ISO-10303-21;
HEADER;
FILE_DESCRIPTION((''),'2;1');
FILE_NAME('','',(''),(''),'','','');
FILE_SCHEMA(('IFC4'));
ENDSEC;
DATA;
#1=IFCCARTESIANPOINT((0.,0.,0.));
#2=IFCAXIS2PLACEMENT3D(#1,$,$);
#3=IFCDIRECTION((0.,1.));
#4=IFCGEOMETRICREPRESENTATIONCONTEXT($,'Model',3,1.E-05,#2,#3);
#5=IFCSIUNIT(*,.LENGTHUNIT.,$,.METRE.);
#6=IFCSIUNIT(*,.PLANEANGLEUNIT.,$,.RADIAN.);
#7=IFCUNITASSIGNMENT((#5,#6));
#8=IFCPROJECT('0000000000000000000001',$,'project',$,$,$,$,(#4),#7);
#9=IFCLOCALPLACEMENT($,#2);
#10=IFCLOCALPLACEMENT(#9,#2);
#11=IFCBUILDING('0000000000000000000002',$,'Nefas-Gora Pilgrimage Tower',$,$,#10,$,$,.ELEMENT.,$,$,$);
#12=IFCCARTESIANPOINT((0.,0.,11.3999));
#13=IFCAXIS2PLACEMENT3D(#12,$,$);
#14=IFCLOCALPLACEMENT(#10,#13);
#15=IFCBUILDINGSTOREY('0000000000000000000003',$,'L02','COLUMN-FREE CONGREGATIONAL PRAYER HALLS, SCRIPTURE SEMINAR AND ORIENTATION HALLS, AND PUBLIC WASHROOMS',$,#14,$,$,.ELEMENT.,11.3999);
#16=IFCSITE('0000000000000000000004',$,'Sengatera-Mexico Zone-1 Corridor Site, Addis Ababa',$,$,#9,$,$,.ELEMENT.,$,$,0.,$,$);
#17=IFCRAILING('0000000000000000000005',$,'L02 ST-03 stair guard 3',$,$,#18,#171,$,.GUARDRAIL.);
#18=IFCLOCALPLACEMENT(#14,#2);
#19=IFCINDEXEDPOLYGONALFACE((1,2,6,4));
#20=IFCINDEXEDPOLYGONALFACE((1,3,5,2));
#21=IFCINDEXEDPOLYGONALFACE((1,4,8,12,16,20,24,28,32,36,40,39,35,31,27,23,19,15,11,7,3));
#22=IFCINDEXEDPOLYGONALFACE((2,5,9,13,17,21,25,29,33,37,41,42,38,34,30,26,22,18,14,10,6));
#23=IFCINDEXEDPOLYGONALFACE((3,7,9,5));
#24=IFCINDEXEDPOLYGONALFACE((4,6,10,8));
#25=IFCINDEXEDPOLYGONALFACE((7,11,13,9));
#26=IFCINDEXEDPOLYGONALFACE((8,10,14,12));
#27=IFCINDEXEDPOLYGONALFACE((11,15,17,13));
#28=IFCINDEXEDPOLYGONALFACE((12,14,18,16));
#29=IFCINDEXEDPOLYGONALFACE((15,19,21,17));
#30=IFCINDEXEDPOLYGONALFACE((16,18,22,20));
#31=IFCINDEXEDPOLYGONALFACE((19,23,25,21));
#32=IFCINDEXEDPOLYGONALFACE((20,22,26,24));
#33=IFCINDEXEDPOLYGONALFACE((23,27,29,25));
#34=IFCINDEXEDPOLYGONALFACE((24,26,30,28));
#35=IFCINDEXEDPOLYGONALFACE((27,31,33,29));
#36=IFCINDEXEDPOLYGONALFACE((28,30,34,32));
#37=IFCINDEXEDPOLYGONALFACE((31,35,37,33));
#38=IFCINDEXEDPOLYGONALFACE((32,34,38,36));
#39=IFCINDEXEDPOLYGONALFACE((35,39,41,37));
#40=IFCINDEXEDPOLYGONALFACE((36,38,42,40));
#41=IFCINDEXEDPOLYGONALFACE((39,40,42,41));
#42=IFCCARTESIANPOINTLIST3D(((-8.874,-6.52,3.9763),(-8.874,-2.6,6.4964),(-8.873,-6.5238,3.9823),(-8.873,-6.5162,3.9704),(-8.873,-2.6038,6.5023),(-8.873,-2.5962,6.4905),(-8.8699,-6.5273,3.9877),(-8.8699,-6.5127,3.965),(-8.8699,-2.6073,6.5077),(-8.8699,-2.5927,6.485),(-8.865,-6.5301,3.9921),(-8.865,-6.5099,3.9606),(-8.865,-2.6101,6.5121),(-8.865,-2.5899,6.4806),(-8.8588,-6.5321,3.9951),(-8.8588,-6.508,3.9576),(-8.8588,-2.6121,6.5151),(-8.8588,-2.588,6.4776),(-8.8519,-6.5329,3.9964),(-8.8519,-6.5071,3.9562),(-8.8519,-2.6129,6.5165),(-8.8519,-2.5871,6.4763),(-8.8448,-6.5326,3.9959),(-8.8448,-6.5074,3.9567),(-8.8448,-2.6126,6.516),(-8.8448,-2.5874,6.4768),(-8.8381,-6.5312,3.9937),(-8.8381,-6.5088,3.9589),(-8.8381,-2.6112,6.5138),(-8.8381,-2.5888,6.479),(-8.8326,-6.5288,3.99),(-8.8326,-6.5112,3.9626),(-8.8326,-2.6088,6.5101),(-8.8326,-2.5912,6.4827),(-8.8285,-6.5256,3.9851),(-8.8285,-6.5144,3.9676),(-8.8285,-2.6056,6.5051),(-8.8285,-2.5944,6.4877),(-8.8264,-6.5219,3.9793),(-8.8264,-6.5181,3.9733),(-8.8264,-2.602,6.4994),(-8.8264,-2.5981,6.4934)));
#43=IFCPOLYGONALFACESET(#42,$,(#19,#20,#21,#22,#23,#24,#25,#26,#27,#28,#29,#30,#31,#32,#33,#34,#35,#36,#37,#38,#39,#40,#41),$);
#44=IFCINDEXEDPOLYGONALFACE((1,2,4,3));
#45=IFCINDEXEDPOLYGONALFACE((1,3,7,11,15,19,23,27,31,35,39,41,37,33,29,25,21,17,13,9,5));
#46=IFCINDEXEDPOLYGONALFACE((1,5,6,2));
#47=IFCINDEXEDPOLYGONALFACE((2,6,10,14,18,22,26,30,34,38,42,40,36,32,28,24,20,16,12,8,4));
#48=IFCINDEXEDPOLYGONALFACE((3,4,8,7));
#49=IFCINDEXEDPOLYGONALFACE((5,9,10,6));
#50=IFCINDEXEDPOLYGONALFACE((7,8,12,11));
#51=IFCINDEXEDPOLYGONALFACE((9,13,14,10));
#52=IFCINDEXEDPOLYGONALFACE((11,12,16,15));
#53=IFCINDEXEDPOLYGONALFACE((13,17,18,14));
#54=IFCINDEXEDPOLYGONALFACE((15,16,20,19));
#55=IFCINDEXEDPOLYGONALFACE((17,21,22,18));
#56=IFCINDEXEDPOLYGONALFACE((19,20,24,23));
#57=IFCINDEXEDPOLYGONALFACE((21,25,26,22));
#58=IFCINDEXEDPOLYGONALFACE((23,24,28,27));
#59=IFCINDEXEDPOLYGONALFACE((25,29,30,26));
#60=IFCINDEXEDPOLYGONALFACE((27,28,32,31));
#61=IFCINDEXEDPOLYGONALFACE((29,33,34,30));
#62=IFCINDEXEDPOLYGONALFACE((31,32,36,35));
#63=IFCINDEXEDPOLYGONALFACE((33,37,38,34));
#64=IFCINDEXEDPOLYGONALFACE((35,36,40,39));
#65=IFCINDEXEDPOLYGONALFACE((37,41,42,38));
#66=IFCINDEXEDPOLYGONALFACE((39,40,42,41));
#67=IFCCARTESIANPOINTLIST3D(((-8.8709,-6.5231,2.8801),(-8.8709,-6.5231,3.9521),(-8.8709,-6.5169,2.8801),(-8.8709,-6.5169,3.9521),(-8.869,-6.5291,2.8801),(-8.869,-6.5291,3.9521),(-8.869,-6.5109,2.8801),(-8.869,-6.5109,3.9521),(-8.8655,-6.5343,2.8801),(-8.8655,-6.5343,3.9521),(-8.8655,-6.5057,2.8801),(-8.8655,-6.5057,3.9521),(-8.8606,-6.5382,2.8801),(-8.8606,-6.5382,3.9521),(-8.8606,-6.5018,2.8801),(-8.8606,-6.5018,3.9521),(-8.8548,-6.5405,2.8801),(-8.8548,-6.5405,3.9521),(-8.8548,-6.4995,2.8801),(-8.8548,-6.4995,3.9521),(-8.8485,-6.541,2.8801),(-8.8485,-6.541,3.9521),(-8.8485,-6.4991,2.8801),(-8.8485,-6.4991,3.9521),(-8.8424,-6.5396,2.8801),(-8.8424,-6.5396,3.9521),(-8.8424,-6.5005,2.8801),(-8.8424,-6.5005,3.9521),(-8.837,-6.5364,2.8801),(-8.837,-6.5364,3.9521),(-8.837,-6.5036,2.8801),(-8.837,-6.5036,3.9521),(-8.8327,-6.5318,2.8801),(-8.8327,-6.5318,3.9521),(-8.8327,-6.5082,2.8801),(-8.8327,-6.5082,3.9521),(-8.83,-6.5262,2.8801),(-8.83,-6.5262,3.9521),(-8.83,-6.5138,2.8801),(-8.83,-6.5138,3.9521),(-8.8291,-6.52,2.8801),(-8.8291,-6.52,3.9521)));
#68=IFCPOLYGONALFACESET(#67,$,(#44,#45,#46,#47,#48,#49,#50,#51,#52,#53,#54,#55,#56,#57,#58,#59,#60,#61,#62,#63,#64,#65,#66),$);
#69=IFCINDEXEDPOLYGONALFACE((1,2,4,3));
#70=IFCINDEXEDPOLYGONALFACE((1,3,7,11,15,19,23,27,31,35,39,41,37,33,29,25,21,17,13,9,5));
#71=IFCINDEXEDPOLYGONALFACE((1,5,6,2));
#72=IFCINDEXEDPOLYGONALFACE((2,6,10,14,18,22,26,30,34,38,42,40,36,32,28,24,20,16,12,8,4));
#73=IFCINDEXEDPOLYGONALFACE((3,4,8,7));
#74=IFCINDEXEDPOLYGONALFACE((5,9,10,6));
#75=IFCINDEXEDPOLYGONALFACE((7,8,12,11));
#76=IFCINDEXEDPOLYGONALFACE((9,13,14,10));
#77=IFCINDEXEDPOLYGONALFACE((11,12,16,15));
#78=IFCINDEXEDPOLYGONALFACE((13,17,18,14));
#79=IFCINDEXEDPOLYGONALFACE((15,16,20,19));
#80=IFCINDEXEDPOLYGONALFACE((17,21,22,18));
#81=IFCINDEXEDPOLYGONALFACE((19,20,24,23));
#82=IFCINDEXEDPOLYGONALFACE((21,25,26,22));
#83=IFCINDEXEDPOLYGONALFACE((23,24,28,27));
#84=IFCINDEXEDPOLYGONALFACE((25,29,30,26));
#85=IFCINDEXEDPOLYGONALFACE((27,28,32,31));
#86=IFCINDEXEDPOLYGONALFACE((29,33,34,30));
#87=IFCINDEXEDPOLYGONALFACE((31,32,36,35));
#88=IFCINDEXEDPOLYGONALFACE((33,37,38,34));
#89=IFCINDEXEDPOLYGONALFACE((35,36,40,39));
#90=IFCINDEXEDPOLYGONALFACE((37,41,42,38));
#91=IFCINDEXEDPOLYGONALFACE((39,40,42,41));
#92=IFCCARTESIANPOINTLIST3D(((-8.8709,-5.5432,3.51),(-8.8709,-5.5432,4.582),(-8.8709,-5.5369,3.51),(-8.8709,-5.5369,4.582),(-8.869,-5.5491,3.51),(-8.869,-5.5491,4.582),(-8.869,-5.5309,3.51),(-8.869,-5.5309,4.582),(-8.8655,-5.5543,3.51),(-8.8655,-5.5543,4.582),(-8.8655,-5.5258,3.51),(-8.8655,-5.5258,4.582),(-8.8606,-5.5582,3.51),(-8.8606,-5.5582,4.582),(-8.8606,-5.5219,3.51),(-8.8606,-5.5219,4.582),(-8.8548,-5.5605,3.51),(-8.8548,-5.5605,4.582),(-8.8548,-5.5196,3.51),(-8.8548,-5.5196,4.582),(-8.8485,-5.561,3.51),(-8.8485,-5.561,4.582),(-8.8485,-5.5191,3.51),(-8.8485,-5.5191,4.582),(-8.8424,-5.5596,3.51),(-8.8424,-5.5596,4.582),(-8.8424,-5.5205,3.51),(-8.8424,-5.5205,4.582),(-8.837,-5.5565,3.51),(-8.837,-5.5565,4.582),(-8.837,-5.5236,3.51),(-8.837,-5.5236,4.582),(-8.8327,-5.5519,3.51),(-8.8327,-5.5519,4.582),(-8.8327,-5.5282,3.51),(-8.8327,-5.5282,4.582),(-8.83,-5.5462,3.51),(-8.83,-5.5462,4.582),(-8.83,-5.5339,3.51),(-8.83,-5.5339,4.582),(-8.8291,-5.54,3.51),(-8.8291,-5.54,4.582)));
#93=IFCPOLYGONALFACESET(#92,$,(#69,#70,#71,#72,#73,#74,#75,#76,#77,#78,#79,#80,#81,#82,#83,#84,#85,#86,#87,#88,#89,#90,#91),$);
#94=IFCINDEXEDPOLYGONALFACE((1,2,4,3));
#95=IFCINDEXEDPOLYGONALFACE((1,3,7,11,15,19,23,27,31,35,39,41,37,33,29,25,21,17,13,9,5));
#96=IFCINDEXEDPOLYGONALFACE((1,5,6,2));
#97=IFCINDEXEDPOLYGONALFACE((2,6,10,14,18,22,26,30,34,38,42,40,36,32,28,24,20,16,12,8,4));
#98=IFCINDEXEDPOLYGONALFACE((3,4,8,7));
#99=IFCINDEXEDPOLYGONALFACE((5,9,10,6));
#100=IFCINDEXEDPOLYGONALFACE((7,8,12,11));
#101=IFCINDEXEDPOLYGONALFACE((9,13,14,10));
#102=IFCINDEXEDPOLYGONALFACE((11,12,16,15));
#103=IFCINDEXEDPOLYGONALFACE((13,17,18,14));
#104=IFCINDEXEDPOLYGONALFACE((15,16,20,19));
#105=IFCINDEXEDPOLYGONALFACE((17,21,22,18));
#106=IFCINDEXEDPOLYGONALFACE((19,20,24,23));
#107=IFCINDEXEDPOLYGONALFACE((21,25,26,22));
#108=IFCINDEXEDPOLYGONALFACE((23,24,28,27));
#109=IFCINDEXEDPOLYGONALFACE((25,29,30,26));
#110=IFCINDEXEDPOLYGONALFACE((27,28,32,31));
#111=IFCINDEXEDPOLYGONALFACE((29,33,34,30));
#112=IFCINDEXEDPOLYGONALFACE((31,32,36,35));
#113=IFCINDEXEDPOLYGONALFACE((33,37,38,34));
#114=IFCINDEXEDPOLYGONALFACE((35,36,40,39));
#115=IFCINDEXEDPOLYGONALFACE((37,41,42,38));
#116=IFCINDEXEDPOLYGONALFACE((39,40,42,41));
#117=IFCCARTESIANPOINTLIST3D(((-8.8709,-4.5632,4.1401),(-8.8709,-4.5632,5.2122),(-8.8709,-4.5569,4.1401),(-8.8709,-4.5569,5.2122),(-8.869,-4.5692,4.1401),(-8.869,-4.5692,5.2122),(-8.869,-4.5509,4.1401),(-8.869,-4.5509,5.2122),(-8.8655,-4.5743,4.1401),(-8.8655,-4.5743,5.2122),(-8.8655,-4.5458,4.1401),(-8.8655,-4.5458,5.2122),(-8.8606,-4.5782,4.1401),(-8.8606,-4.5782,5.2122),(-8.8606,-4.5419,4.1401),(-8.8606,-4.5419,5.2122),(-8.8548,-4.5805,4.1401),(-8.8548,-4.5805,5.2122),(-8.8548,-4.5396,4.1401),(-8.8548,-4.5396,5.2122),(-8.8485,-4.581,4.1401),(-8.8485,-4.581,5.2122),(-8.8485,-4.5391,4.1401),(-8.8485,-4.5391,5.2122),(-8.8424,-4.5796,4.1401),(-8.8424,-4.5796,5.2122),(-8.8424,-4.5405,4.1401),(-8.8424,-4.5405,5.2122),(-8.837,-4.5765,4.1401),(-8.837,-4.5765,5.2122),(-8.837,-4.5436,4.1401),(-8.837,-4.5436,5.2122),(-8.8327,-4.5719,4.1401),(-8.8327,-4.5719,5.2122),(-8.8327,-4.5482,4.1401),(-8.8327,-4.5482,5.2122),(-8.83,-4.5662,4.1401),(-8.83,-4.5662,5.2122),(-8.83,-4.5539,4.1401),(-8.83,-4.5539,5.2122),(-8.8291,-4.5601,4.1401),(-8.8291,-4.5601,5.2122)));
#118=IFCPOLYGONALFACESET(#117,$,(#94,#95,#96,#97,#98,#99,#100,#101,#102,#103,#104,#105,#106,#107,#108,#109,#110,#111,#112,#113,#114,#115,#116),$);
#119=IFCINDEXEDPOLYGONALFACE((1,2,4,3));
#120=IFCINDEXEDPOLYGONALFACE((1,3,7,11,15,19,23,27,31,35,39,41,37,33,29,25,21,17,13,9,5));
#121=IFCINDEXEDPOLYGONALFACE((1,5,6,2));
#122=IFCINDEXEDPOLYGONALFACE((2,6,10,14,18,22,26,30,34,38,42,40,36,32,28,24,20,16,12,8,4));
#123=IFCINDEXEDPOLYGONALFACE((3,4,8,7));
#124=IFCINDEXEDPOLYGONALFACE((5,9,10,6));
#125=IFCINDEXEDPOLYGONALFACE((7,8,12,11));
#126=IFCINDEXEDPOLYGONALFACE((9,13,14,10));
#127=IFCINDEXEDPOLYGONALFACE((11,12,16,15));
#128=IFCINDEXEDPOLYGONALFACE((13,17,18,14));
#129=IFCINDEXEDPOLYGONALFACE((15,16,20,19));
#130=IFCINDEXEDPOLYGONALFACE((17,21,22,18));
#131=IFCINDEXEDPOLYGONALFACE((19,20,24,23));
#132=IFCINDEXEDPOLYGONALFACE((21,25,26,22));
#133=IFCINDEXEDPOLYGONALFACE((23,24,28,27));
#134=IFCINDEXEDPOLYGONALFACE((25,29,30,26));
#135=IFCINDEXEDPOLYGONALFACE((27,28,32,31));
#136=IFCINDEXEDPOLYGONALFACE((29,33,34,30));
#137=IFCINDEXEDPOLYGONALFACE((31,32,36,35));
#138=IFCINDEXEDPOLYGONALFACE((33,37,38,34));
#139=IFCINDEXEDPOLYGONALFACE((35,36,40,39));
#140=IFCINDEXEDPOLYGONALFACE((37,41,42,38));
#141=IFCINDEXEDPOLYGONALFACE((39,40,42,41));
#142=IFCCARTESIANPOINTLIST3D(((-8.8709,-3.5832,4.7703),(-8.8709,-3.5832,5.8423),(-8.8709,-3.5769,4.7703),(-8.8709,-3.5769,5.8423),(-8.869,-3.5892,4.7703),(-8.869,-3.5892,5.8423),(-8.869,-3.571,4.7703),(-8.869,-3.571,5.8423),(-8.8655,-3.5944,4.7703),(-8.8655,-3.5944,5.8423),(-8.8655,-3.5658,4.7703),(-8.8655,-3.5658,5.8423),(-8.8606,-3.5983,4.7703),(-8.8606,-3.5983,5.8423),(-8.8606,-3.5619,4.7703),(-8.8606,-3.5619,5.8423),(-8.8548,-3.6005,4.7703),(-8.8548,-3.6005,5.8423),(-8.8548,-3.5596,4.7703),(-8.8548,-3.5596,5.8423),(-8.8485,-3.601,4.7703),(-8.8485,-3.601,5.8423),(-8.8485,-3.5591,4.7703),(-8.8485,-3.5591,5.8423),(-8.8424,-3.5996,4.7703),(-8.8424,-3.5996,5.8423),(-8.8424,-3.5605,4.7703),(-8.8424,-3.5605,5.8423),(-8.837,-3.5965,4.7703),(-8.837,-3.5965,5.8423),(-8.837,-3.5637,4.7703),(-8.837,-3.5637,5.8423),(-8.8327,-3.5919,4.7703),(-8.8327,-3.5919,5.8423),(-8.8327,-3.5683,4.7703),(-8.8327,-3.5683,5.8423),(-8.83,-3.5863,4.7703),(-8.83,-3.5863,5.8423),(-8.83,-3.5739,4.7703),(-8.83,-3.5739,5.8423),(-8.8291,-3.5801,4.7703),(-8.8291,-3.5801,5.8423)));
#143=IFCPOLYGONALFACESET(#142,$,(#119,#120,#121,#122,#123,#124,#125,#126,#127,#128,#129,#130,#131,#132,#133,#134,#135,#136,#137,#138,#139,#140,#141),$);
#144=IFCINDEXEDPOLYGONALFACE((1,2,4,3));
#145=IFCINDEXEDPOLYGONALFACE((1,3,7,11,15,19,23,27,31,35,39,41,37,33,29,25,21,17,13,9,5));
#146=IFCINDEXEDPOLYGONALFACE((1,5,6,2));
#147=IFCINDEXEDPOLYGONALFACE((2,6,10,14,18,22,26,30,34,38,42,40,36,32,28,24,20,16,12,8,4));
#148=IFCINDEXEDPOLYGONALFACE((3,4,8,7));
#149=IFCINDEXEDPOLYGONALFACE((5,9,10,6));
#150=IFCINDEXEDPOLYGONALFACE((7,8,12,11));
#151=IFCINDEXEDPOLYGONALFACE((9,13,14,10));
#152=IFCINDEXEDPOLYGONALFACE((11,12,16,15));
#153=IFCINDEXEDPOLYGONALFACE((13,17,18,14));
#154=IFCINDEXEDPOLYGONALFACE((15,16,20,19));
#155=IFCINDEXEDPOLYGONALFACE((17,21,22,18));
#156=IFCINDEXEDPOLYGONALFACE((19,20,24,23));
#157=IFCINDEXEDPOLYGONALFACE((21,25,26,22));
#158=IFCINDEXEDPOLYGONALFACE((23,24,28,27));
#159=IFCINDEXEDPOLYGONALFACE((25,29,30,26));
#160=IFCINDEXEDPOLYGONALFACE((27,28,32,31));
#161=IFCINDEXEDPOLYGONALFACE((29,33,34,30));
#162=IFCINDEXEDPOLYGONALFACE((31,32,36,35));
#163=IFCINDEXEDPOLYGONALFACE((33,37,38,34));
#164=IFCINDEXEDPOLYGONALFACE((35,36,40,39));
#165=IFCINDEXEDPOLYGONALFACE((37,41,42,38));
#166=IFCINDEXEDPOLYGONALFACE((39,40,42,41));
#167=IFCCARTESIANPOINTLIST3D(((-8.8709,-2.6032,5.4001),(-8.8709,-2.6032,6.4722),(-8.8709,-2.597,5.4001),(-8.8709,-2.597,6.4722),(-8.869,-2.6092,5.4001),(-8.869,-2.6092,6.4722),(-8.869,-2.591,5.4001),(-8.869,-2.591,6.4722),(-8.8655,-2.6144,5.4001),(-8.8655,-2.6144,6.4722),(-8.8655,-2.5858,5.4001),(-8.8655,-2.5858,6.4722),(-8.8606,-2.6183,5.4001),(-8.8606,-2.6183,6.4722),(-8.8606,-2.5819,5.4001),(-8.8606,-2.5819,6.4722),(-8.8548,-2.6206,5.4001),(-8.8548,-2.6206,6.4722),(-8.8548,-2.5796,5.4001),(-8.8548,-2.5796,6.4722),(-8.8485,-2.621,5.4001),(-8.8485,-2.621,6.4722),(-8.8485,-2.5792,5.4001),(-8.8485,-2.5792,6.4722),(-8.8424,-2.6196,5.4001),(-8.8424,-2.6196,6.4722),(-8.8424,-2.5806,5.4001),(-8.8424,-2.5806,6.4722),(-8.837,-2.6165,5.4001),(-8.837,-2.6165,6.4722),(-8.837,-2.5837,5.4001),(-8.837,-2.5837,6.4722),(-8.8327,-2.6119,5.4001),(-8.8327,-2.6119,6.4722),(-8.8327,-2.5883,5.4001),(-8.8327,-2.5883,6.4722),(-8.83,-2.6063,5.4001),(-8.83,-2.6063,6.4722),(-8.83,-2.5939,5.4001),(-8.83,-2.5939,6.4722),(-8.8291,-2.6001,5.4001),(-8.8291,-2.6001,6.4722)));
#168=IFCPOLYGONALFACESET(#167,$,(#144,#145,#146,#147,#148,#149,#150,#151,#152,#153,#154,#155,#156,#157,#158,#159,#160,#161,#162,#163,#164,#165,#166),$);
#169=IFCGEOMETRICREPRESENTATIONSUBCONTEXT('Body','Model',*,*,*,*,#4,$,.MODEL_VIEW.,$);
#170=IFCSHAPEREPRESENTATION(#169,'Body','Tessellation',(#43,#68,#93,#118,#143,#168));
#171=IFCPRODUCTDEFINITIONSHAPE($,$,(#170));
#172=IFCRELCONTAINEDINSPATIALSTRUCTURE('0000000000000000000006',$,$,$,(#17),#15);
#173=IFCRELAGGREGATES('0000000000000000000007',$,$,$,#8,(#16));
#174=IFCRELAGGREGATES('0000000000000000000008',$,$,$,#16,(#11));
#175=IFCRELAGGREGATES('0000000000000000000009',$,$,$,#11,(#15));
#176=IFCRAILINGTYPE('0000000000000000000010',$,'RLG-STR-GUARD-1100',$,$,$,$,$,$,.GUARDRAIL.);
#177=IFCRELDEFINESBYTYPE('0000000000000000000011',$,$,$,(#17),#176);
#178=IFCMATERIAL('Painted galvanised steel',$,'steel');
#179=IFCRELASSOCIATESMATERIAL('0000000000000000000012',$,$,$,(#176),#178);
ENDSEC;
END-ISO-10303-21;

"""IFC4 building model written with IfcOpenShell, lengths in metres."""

from ifc_helpers import new_model, si_unit, direction, frame, origin, origin_2d, place, context, subcontext, project, spatial, circle, extrude, material, type_object, element, save


model = new_model("IFC4")

# Units and contexts
model_context = context("Model", 3, precision=1e-05, world=origin(), true_north=direction((0.0, 1.0)))
body_context = subcontext(model_context, "Body", "Model", "MODEL_VIEW")
ifc_project = project(units=[si_unit("LENGTHUNIT", "METRE"), si_unit("PLANEANGLEUNIT", "RADIAN")], contexts=[model_context])

# Site, building, storey
site_placement = place(None, origin())
site = spatial("IfcSite", under=ifc_project, at=site_placement, Name="Sengatera-Mexico Zone-1 Corridor Site, Addis Ababa", CompositionType="ELEMENT", RefElevation=0.0)
building_placement = place(site_placement, origin())
building = spatial("IfcBuilding", under=site, at=building_placement, Name="Nefas-Gora Pilgrimage Tower", CompositionType="ELEMENT")
storey_placement = place(building_placement, frame((0.0, 0.0, 11.3999)))
storey = spatial("IfcBuildingStorey", under=building, at=storey_placement, Name="L02", Description="COLUMN-FREE CONGREGATIONAL PRAYER HALLS, SCRIPTURE SEMINAR AND ORIENTATION HALLS, AND PUBLIC WASHROOMS", CompositionType="ELEMENT", Elevation=11.3999)

# Railing
ifc_material_1 = material(Name="Painted galvanised steel", Category="steel")
railing_type = type_object("IfcRailingType", Name="RLG-STR-GUARD-1100", PredefinedType="GUARDRAIL", material=ifc_material_1)
railing_1_placement = place(storey_placement, frame((-8.8501, -6.52, 2.8801)))
element("IfcRailing", 1, at=railing_1_placement, inside=storey, type_object=railing_type, Name="L02 ST-03 stair guard 3", PredefinedType="GUARDRAIL", context=body_context, shape_type="SweptSolid", body=[
    extrude(circle(Radius=0.0239, at=origin_2d()), frame((0.0, 0.0, 1.0962), z_axis=(0.0, 0.841172, 0.540768), x_axis=(-1.0, 0.0, 0.0)), (0.0, 0.0, 1.0), 4.6602),
    extrude(circle(Radius=0.021, at=origin_2d()), origin(), (0.0, 0.0, 1.0), 1.072),
    extrude(circle(Radius=0.021, at=origin_2d()), frame((0.0, 0.98, 0.6299)), (0.0, 0.0, 1.0), 1.072),
    extrude(circle(Radius=0.021, at=origin_2d()), frame((0.0, 1.96, 1.26)), (0.0, 0.0, 1.0), 1.072),
    extrude(circle(Radius=0.021, at=origin_2d()), frame((0.0, 2.9399, 1.8901)), (0.0, 0.0, 1.0), 1.072),
    extrude(circle(Radius=0.021, at=origin_2d()), frame((0.0, 3.9199, 2.52)), (0.0, 0.0, 1.0), 1.072),
])

save(model, "model.ifc")
